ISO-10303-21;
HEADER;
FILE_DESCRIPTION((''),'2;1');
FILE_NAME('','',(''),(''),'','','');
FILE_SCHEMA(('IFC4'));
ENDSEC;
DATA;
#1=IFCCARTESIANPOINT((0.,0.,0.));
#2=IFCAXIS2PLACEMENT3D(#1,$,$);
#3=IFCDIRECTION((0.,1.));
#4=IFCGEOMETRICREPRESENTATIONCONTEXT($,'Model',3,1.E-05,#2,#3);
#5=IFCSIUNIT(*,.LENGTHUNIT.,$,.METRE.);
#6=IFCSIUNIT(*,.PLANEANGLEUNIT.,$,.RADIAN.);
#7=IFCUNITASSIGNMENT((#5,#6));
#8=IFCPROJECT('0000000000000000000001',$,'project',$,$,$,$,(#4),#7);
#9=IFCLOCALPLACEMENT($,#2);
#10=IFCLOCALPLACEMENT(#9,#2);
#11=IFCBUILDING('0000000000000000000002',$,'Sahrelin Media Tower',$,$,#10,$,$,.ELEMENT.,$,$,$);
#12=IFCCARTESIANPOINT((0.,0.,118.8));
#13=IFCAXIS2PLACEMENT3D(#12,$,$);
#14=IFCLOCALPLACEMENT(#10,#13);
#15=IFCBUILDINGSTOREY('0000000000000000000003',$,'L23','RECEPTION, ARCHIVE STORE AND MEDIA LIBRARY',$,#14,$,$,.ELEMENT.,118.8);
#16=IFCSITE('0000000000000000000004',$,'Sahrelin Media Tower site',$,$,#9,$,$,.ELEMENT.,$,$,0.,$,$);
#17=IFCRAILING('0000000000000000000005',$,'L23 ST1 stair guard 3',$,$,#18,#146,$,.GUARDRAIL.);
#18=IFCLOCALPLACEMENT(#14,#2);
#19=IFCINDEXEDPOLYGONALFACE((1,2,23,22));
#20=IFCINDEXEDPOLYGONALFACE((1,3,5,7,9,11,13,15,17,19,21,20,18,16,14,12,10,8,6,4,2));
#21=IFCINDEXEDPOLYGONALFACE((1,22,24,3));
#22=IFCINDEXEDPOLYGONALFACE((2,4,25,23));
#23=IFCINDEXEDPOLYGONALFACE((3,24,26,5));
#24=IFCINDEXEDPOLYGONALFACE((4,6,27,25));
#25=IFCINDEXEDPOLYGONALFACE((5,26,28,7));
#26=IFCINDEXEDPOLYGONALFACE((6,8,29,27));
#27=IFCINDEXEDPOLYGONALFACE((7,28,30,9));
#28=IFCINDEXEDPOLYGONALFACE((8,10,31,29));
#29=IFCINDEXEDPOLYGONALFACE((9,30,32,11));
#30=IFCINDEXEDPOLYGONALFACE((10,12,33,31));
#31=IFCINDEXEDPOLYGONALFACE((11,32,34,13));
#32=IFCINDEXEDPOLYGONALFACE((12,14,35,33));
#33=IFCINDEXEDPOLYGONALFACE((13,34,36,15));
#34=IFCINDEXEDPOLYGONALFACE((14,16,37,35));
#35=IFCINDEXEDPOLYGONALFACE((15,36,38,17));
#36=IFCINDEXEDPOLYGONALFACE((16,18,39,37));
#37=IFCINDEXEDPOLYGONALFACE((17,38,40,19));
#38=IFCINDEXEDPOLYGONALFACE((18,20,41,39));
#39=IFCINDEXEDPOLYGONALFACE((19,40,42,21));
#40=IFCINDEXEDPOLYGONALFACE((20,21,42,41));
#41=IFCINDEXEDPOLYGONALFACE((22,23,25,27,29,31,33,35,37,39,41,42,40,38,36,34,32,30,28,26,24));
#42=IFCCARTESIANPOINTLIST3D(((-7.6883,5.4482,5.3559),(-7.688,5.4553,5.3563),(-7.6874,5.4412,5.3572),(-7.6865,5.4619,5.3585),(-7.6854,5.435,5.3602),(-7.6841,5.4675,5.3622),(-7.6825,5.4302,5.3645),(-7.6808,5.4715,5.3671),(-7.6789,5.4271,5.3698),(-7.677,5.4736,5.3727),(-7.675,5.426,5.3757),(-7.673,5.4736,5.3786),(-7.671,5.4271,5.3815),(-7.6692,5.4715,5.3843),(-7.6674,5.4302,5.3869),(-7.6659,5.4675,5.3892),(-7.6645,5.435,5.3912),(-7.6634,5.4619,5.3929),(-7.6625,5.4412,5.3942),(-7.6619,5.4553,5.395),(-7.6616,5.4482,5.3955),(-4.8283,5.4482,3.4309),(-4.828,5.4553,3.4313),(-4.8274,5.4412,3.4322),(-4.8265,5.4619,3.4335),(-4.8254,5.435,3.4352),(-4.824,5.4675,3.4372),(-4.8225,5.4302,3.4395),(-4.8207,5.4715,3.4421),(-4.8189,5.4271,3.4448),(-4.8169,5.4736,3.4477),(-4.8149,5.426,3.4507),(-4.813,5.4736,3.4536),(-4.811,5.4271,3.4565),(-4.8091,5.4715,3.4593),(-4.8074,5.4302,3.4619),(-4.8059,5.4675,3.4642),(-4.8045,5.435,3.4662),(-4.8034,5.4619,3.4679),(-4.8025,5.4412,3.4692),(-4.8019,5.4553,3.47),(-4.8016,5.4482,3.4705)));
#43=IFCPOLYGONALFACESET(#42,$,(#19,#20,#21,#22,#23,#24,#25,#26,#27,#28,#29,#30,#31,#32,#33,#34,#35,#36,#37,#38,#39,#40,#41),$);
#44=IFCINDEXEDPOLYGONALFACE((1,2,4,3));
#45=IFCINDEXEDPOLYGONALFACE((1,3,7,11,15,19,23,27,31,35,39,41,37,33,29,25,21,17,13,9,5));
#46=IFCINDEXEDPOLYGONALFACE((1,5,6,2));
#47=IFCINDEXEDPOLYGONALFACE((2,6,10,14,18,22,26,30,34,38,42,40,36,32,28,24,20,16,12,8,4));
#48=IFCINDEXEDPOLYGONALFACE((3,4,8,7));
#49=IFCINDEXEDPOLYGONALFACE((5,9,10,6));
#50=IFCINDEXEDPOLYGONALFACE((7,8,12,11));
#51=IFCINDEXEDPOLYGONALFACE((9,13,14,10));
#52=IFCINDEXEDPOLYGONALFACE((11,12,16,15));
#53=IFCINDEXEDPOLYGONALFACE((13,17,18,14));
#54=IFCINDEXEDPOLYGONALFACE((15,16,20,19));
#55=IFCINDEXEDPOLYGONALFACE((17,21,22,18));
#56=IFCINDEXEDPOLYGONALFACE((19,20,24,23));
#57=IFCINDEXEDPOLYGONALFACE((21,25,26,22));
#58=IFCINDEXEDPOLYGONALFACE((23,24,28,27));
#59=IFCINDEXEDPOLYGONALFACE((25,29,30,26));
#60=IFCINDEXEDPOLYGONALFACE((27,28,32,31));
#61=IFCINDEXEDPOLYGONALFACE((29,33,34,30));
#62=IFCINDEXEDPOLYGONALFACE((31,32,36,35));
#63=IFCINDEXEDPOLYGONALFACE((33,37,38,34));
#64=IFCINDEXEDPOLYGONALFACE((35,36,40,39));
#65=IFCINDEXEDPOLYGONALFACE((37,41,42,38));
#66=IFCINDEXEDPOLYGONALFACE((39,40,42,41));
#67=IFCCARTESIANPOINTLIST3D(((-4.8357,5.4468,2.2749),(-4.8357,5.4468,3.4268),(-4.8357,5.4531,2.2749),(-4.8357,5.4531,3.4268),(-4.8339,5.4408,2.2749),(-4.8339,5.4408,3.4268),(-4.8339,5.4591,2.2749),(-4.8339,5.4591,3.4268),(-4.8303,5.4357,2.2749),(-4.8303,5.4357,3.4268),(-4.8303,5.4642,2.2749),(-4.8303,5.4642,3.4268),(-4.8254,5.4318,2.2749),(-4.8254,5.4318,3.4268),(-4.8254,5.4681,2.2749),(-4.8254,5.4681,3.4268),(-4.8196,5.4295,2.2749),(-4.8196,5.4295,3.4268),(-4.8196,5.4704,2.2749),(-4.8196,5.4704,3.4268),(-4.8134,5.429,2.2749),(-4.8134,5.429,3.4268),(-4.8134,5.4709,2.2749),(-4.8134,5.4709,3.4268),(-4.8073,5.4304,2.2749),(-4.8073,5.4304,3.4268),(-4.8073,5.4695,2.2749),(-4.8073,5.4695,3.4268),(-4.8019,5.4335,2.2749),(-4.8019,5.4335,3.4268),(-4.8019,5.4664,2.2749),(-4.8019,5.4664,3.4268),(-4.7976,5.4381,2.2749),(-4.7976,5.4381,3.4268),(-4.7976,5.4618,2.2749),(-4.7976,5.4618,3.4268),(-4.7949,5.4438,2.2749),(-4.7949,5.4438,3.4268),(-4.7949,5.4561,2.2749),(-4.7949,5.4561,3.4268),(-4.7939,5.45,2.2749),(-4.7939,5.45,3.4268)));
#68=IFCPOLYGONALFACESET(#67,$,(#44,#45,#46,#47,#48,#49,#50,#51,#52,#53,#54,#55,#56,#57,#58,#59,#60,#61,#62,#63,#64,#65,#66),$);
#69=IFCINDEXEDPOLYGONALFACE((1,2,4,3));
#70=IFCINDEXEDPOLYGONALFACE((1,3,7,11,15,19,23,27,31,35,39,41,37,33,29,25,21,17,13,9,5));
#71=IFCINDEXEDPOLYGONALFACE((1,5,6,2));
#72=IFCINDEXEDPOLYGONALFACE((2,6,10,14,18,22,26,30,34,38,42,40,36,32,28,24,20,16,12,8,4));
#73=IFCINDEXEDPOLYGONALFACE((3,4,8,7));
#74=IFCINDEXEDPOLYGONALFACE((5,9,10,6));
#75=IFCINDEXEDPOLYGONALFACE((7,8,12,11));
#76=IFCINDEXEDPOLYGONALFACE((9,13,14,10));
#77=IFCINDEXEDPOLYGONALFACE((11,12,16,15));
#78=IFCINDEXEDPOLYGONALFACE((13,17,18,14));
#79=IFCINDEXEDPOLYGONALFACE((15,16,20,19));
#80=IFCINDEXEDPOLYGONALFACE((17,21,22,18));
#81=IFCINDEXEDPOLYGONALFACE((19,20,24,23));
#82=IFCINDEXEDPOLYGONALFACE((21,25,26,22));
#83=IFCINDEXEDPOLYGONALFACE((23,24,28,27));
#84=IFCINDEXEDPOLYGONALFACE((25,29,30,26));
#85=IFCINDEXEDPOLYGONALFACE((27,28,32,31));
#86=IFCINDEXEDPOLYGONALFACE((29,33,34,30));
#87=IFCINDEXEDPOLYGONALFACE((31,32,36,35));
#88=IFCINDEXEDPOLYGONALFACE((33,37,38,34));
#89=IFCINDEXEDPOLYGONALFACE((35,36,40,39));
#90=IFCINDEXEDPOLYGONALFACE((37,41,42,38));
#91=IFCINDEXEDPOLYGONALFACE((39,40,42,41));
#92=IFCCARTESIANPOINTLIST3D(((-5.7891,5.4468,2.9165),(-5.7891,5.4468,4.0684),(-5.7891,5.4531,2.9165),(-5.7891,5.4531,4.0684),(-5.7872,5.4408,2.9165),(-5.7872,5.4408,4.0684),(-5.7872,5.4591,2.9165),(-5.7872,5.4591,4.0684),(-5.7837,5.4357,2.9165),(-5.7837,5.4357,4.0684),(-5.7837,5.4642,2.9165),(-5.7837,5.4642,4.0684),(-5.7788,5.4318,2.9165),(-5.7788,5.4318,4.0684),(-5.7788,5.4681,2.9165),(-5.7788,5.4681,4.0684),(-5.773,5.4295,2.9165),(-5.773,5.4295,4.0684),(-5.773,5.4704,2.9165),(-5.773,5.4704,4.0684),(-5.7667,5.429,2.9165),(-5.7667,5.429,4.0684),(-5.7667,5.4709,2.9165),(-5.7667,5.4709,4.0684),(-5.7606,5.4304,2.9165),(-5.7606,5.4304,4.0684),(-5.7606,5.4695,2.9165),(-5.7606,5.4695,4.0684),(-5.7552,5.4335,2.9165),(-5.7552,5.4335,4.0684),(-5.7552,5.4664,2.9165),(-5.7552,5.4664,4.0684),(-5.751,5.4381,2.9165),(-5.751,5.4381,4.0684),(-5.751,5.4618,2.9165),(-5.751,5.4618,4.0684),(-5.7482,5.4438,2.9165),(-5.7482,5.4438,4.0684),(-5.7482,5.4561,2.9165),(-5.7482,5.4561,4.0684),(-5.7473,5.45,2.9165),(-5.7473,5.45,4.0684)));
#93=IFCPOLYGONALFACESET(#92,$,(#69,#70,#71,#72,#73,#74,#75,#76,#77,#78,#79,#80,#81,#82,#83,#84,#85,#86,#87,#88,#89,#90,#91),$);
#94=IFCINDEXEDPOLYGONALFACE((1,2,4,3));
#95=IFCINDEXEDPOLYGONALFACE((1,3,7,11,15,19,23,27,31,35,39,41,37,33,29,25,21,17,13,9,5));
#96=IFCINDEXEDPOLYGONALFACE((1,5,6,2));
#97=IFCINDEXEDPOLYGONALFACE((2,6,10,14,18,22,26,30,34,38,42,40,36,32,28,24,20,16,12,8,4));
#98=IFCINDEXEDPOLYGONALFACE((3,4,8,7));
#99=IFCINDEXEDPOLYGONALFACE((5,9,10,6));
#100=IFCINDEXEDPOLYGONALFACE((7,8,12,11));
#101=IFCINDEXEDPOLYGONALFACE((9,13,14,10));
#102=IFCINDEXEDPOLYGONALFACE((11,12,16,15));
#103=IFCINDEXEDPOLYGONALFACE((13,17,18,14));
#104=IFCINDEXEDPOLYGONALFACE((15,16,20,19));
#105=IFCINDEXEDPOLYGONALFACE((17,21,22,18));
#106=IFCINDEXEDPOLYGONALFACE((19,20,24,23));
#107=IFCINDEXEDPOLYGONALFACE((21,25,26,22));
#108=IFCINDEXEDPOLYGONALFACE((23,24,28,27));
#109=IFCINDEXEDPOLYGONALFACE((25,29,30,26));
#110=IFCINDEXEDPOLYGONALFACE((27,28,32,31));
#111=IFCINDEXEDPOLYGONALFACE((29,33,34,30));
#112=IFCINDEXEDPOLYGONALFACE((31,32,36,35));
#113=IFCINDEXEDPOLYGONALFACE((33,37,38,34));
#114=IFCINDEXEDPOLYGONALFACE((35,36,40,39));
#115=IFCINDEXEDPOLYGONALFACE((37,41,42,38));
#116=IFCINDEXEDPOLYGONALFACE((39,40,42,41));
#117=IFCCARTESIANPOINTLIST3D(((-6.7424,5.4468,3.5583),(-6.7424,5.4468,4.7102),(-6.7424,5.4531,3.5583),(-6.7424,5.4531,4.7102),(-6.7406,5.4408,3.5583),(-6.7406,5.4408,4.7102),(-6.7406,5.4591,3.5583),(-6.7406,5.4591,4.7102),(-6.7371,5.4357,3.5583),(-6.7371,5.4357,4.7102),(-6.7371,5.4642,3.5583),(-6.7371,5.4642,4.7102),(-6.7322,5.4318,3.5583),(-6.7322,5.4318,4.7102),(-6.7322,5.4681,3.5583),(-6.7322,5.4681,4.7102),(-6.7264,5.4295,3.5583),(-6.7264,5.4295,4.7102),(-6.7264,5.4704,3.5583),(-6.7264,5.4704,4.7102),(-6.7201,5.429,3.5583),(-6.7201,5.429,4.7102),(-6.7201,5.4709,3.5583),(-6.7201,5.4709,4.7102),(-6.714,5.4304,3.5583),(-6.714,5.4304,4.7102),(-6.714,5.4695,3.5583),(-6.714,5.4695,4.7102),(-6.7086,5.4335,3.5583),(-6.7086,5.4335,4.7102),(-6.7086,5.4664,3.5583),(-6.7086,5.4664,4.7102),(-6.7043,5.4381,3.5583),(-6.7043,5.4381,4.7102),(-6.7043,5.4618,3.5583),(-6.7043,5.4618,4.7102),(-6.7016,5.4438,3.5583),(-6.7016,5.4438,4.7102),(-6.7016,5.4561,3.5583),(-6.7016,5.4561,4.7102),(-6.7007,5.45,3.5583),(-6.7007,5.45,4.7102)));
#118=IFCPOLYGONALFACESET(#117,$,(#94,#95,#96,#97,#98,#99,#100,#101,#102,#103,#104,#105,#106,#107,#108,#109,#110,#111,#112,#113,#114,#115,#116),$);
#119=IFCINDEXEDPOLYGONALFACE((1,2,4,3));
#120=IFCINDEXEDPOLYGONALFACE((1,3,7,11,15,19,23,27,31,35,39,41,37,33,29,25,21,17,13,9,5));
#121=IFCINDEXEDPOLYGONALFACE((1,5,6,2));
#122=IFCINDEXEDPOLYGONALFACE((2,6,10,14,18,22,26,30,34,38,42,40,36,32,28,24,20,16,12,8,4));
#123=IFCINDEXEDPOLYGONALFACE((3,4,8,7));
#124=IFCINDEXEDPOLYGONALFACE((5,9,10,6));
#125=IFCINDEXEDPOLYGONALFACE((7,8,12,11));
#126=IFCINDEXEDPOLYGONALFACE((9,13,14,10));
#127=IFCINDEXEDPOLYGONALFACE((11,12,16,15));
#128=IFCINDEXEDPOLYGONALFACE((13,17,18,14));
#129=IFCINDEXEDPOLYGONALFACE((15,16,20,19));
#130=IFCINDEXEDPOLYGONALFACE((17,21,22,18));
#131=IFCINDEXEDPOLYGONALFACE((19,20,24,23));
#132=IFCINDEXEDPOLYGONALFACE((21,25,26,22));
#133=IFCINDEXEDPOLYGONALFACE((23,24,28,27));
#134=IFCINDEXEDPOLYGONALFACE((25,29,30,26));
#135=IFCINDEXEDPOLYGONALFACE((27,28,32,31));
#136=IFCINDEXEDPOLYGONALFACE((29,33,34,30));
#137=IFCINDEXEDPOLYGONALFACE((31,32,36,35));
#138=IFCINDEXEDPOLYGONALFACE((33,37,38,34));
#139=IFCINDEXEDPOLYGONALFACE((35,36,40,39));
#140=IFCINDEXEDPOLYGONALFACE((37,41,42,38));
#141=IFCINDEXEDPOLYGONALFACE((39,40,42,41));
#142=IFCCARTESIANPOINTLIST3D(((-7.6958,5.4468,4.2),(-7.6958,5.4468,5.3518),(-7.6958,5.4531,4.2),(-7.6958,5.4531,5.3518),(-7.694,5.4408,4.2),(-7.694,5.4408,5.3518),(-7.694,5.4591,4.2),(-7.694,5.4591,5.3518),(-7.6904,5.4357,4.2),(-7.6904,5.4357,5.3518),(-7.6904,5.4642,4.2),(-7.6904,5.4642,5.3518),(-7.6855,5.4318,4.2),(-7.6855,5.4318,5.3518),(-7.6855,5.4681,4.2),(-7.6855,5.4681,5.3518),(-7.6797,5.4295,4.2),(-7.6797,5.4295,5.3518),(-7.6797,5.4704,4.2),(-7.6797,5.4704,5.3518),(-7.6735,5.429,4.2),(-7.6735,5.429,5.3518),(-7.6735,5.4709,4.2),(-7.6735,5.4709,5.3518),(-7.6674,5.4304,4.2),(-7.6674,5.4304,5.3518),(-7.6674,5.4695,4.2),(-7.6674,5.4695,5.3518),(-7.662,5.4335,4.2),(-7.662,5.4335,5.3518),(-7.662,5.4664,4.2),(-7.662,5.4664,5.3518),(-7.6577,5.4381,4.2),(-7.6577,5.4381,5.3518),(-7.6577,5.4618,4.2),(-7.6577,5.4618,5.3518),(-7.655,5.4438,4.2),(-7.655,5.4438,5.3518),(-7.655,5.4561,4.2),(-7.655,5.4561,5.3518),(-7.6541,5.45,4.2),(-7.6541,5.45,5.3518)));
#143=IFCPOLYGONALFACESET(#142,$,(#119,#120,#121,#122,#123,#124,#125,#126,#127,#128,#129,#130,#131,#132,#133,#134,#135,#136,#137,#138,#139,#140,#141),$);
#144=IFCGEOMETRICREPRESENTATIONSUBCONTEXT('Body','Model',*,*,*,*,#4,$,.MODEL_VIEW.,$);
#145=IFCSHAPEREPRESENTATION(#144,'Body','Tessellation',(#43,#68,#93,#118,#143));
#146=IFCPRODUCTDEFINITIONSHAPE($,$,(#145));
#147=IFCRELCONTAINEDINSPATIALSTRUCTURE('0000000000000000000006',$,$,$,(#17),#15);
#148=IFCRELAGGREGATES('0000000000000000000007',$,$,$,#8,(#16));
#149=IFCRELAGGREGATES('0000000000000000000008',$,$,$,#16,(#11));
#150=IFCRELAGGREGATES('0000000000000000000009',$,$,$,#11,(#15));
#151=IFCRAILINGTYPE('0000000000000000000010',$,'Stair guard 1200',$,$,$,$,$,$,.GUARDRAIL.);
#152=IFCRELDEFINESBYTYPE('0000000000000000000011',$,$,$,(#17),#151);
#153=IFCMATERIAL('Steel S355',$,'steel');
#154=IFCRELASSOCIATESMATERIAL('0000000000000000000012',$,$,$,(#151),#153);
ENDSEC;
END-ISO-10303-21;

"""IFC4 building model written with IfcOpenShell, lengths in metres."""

from ifc_helpers import new_model, si_unit, direction, frame, origin, origin_2d, place, context, subcontext, project, spatial, circle, extrude, material, type_object, element, save


model = new_model("IFC4")

# Units and contexts
model_context = context("Model", 3, precision=1e-05, world=origin(), true_north=direction((0.0, 1.0)))
body_context = subcontext(model_context, "Body", "Model", "MODEL_VIEW")
ifc_project = project(units=[si_unit("LENGTHUNIT", "METRE"), si_unit("PLANEANGLEUNIT", "RADIAN")], contexts=[model_context])

# Site, building, storey
site_placement = place(None, origin())
site = spatial("IfcSite", under=ifc_project, at=site_placement, Name="Sahrelin Media Tower site", CompositionType="ELEMENT", RefElevation=0.0)
building_placement = place(site_placement, origin())
building = spatial("IfcBuilding", under=site, at=building_placement, Name="Sahrelin Media Tower", CompositionType="ELEMENT")
storey_placement = place(building_placement, frame((0.0, 0.0, 118.8)))
storey = spatial("IfcBuildingStorey", under=building, at=storey_placement, Name="L23", Description="RECEPTION, ARCHIVE STORE AND MEDIA LIBRARY", CompositionType="ELEMENT", Elevation=118.8)

# Shared definitions
ifc_material_1 = material(Name="Steel S355", Category="steel")

# Railing
railing_type_1 = type_object("IfcRailingType", Name="Stair guard 1200", PredefinedType="GUARDRAIL", material=ifc_material_1)
railing_1_placement = place(storey_placement, frame((-4.8149, 5.45, 2.2749)))
element("IfcRailing", 1, at=railing_1_placement, inside=storey, type_object=railing_type_1, Name="L23 ST1 stair guard 3", PredefinedType="GUARDRAIL", context=body_context, shape_type="SweptSolid", body=[
    extrude(circle(Radius=0.0239, at=origin_2d()), frame((0.0, 0.0, 1.1758), z_axis=(-0.829591, 0.0, 0.558372), x_axis=(0.0, -1.0, 0.0)), (0.0, 0.0, 1.0), 3.4475),
    extrude(circle(Radius=0.021, at=origin_2d()), origin(), (0.0, 0.0, 1.0), 1.1519),
    extrude(circle(Radius=0.021, at=origin_2d()), frame((-0.9534, 0.0, 0.6416)), (0.0, 0.0, 1.0), 1.1519),
    extrude(circle(Radius=0.021, at=origin_2d()), frame((-1.9067, 0.0, 1.2834)), (0.0, 0.0, 1.0), 1.1519),
    extrude(circle(Radius=0.021, at=origin_2d()), frame((-2.8601, 0.0, 1.925)), (0.0, 0.0, 1.0), 1.1519),
])

save(model, "model.ifc")
